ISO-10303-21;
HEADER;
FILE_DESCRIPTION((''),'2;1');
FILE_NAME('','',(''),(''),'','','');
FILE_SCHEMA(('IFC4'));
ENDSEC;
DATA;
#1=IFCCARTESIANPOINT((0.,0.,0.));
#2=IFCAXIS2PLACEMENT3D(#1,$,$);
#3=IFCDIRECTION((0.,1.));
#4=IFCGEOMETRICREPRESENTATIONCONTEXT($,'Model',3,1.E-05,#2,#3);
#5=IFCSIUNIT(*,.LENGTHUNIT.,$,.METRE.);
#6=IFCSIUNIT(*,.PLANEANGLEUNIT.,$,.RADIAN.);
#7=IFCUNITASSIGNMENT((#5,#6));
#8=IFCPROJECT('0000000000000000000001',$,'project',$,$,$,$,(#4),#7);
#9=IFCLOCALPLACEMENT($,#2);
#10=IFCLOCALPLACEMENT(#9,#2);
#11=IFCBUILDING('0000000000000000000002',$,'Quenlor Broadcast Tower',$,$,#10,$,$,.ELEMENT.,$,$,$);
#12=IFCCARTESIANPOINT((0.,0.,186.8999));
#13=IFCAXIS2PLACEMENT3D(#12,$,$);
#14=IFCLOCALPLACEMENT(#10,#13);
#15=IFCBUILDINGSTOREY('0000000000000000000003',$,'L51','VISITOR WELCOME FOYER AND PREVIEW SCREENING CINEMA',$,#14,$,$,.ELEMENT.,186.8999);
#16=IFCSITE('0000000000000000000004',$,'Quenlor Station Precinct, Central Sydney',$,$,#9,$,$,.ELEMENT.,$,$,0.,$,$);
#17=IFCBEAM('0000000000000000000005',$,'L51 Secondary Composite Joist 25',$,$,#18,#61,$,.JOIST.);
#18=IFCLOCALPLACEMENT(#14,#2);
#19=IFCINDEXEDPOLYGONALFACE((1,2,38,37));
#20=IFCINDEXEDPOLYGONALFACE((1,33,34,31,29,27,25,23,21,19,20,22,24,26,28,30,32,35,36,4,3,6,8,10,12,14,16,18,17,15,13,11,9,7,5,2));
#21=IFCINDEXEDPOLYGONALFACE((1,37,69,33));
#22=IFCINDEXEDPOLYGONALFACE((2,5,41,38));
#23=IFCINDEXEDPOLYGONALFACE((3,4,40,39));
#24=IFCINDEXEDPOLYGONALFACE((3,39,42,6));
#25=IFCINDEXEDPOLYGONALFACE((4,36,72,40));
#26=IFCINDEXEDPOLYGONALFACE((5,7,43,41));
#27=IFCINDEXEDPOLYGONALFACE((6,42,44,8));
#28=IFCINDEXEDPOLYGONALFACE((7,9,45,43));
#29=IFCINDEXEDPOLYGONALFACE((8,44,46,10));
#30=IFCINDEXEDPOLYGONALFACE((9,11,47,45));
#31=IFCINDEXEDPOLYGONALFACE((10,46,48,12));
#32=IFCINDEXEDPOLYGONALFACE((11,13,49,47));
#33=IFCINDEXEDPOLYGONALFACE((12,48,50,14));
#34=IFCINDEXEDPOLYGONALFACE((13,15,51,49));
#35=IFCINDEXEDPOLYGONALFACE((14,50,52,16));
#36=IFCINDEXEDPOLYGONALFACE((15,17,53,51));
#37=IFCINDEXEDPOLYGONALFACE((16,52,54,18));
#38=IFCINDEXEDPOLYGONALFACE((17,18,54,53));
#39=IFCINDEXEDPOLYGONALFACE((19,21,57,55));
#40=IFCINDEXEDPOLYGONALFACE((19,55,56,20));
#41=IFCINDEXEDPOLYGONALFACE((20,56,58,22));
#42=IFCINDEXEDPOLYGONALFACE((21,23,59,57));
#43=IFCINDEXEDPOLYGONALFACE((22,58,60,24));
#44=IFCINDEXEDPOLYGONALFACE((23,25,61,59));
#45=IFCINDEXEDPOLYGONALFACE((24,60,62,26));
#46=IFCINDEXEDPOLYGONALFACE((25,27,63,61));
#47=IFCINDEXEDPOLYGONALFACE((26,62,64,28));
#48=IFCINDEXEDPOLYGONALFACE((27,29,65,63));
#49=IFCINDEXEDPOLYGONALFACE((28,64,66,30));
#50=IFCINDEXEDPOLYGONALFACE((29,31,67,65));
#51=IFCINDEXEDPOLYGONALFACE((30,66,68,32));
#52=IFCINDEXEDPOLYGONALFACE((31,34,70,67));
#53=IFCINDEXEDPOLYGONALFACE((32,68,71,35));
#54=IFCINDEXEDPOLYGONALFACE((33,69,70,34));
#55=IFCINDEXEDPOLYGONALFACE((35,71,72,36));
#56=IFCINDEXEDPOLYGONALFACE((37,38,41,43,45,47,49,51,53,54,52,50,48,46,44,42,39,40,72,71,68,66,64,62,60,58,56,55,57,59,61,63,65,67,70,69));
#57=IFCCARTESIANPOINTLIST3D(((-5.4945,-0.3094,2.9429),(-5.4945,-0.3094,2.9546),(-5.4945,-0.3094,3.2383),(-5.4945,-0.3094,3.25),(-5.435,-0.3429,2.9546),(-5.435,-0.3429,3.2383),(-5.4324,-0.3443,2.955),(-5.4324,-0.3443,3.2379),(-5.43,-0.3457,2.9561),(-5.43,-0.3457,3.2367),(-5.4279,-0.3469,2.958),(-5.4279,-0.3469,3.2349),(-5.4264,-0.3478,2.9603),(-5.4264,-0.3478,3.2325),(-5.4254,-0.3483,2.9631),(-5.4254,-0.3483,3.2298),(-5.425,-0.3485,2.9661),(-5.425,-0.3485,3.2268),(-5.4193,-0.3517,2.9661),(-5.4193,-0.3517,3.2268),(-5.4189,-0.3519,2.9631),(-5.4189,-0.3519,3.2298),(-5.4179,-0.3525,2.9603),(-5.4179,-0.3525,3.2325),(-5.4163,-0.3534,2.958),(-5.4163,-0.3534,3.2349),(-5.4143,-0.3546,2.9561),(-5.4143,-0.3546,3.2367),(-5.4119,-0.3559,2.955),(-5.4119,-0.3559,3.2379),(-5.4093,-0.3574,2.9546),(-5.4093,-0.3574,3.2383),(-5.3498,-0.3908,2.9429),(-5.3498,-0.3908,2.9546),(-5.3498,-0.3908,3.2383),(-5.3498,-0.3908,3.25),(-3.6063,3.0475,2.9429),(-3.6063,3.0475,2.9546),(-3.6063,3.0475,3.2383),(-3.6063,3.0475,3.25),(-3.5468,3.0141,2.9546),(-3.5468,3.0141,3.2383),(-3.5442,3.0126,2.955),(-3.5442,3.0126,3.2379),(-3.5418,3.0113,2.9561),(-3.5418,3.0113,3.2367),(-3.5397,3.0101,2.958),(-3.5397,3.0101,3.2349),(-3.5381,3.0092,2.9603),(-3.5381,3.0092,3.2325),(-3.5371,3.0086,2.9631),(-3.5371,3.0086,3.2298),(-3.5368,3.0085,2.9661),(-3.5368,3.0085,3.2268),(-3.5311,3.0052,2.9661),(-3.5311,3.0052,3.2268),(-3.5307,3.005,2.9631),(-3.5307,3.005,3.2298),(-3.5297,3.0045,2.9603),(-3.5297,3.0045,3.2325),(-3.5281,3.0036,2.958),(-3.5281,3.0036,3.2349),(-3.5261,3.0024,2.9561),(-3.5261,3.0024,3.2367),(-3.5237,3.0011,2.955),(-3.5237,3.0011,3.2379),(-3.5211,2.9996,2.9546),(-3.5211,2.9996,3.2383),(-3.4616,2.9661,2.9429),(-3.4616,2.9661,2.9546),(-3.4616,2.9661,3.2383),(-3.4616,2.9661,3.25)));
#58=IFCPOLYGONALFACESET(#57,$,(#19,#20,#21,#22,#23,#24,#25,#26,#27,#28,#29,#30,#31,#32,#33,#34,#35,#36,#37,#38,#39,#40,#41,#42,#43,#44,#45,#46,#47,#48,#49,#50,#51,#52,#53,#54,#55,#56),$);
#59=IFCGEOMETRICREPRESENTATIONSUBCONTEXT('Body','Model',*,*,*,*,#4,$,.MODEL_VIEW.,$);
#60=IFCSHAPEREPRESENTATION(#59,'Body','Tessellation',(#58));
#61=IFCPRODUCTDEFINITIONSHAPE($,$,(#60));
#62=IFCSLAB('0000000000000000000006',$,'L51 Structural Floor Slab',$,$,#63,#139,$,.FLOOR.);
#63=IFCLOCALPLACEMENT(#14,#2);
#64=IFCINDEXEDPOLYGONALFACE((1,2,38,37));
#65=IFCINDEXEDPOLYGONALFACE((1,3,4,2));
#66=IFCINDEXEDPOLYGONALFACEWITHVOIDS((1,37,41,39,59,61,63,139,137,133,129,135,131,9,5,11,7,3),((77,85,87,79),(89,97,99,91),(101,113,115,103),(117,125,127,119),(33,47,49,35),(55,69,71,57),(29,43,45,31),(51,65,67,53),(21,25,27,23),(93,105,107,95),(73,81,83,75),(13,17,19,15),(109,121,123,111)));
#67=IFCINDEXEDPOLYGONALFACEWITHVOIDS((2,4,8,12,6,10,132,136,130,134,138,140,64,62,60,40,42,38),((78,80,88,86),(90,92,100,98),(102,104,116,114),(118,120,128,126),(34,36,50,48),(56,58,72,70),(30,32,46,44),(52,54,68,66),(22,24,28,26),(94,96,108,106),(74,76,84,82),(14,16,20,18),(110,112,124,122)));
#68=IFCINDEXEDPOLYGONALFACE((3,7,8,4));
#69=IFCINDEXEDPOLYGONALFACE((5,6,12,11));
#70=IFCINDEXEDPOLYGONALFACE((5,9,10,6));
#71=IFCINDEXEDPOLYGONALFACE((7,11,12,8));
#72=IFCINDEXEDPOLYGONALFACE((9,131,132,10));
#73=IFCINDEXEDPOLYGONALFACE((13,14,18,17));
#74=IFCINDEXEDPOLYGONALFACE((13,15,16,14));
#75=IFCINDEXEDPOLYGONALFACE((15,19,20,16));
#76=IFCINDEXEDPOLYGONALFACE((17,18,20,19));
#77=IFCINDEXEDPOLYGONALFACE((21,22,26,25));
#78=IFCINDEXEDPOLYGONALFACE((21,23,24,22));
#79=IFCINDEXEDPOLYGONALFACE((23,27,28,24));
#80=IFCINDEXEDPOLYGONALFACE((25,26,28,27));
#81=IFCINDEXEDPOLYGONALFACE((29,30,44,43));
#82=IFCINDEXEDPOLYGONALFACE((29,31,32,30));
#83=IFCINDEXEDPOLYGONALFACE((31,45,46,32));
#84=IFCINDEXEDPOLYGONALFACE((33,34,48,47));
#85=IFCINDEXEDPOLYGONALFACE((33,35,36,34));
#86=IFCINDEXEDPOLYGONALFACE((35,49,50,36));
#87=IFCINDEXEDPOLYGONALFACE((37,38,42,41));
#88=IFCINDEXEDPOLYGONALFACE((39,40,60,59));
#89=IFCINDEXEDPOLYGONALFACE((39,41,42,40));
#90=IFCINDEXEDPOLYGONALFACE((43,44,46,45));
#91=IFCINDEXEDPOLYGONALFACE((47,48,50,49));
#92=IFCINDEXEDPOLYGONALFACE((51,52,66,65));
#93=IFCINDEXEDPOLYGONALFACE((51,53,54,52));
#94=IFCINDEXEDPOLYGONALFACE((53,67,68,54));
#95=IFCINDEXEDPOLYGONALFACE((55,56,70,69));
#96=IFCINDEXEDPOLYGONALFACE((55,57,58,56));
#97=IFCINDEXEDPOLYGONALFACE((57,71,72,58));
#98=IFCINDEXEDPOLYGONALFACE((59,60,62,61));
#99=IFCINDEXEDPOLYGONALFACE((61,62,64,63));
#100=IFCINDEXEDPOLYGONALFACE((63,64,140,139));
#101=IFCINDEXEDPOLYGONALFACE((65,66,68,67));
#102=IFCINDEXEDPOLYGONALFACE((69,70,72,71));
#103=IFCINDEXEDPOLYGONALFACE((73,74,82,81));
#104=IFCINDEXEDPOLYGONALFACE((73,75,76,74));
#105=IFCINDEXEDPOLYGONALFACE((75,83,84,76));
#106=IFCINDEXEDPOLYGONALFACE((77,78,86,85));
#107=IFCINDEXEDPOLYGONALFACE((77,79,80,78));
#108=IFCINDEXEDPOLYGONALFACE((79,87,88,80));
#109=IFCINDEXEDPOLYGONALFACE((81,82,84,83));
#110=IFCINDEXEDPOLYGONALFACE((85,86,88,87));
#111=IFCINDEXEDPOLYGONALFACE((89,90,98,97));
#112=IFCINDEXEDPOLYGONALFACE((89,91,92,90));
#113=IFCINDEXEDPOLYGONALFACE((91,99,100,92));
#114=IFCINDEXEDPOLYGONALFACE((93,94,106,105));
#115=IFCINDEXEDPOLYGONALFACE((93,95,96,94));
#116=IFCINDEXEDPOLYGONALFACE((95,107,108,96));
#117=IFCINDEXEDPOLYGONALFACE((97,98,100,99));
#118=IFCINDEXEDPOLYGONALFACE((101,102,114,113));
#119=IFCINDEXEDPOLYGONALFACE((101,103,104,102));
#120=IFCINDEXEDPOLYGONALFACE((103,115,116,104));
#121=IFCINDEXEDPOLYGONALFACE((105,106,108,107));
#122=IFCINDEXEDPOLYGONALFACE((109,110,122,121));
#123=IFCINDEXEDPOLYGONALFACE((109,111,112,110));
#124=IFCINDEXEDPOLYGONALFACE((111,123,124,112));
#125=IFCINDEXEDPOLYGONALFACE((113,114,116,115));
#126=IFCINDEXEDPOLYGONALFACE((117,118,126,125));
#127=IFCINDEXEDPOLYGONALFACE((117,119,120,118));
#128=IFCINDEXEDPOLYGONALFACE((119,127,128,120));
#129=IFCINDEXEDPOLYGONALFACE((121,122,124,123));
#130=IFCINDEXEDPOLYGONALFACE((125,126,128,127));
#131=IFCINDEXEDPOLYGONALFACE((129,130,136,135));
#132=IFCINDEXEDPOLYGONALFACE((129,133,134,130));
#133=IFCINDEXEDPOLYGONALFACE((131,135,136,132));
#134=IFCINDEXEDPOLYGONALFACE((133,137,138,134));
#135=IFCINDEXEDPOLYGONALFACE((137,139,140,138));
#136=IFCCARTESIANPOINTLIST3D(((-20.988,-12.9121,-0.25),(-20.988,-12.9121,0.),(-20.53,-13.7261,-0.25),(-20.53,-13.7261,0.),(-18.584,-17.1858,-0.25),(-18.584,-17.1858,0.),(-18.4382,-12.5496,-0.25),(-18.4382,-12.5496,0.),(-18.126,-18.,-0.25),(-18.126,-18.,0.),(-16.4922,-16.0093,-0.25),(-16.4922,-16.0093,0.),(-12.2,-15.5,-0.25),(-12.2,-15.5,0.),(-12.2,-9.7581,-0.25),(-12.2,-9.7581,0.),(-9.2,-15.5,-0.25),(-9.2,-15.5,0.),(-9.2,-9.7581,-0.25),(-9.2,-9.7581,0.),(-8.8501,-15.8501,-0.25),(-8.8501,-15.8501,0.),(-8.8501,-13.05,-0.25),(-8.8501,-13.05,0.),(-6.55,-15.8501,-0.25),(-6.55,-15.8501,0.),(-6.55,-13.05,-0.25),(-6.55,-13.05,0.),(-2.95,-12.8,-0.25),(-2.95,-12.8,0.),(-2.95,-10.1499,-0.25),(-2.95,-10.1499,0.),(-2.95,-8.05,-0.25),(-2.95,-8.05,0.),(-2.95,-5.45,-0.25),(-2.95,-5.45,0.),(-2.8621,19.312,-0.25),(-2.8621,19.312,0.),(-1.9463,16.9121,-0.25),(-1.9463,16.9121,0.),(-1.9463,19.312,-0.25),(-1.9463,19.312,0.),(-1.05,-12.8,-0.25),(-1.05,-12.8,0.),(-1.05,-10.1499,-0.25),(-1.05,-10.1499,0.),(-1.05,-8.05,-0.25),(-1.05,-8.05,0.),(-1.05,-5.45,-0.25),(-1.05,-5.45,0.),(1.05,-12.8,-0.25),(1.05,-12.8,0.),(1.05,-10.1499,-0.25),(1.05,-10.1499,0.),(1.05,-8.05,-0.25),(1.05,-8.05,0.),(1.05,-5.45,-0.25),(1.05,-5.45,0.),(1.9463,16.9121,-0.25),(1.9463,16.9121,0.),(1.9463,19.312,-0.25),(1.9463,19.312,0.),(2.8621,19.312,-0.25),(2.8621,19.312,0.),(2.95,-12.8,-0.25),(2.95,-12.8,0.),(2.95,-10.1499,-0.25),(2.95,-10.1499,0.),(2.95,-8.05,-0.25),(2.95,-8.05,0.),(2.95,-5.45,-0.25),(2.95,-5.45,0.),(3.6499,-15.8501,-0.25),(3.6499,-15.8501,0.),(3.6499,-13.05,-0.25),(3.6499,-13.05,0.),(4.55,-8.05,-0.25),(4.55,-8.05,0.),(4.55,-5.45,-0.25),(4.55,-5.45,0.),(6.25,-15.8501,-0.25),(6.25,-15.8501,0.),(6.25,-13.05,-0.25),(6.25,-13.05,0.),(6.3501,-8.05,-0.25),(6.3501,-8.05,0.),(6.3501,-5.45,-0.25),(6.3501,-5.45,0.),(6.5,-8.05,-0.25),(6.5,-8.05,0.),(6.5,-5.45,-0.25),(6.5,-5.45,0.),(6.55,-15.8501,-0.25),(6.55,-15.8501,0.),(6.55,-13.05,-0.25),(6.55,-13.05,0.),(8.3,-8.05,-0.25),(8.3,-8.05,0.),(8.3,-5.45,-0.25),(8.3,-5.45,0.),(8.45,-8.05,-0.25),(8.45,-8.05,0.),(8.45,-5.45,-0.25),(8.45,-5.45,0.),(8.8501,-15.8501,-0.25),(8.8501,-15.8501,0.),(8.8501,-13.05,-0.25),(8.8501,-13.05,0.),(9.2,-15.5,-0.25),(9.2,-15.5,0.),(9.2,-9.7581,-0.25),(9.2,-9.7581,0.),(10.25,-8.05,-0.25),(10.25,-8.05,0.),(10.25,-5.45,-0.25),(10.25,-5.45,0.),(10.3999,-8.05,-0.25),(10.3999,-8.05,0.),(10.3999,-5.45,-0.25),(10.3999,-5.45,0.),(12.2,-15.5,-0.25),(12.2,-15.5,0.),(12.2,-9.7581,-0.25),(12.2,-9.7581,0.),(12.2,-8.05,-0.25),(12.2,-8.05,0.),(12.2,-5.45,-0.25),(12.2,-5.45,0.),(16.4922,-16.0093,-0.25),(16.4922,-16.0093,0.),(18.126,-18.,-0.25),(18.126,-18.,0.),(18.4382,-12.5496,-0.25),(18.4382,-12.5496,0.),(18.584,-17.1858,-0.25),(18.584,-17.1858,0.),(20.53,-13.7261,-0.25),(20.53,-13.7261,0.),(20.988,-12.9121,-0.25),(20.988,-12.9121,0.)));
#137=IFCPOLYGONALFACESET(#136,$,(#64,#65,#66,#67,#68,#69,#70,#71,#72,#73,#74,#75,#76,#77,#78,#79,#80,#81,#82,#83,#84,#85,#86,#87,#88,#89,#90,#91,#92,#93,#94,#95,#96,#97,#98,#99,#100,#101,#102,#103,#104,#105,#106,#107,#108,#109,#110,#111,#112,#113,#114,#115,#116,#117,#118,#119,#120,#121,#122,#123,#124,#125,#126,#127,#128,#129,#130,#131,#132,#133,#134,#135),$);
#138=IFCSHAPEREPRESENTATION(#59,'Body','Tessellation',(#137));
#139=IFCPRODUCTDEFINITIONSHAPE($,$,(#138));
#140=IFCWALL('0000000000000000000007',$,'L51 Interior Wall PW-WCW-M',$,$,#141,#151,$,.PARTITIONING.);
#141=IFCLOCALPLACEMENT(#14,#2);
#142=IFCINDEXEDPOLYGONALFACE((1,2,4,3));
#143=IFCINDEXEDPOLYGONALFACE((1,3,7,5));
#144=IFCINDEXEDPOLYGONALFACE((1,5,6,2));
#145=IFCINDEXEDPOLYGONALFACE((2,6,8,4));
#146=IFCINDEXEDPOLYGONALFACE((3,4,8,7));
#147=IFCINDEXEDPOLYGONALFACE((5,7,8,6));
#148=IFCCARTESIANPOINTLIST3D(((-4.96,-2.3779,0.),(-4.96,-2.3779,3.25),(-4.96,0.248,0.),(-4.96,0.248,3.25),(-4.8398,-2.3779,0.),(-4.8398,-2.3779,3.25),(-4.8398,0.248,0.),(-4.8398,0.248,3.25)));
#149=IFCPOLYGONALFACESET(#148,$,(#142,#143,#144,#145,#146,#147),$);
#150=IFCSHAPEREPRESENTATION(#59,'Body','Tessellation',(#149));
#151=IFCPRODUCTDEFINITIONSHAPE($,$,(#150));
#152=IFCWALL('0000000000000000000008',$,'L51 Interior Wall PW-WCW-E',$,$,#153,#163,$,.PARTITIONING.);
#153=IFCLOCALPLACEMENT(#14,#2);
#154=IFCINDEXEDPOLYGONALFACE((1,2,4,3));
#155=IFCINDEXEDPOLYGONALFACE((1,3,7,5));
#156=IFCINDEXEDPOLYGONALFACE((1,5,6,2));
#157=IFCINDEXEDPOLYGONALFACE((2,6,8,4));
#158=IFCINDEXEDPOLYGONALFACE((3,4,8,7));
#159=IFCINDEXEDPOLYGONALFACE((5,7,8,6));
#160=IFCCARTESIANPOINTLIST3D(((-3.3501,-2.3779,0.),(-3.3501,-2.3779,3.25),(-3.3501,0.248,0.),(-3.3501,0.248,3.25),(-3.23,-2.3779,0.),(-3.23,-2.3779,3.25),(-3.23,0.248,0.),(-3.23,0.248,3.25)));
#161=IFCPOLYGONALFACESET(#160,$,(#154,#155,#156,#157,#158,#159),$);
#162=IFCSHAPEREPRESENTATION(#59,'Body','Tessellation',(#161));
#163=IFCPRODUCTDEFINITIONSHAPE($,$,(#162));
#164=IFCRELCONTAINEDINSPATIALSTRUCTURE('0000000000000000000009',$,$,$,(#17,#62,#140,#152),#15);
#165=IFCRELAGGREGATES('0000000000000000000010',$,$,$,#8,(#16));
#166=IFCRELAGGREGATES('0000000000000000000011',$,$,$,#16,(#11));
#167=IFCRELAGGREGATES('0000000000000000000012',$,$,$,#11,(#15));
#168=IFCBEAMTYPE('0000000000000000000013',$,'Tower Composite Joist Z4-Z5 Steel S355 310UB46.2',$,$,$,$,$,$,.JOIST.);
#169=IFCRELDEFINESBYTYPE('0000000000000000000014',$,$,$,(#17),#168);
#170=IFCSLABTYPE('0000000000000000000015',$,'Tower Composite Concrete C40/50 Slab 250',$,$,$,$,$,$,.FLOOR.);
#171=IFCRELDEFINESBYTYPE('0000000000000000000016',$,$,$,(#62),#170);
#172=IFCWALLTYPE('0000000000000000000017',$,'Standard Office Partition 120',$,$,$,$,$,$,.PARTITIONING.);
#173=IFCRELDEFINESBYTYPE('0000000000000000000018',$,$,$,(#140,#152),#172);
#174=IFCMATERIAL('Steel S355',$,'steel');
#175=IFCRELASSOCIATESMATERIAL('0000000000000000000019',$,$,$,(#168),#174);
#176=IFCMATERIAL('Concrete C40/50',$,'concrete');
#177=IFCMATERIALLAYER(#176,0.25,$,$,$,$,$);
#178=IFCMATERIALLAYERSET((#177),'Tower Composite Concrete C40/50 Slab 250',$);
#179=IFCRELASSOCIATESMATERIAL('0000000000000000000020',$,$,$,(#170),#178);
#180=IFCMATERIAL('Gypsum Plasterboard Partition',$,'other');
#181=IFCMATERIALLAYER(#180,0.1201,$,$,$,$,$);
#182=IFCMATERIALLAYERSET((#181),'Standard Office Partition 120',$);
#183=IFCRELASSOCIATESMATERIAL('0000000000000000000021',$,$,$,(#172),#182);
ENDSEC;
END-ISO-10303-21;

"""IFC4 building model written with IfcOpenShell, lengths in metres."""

from ifc_helpers import new_model, si_unit, direction, frame, frame_2d, origin, origin_2d, place, context, subcontext, project, spatial, polyline, rectangle, i_section, outline, extrude, material, layer, layer_set, material_profile, profile_set, type_object, element, save


model = new_model("IFC4")

# Units and contexts
model_context = context("Model", 3, precision=1e-05, world=origin(), true_north=direction((0.0, 1.0)))
body_context = subcontext(model_context, "Body", "Model", "MODEL_VIEW")
ifc_project = project(units=[si_unit("LENGTHUNIT", "METRE"), si_unit("PLANEANGLEUNIT", "RADIAN")], contexts=[model_context])

# Site, building, storey
site_placement = place(None, origin())
site = spatial("IfcSite", under=ifc_project, at=site_placement, Name="Quenlor Station Precinct, Central Sydney", CompositionType="ELEMENT", RefElevation=0.0)
building_placement = place(site_placement, origin())
building = spatial("IfcBuilding", under=site, at=building_placement, Name="Quenlor Broadcast Tower", CompositionType="ELEMENT")
storey_placement = place(building_placement, frame((0.0, 0.0, 186.8999)))
storey = spatial("IfcBuildingStorey", under=building, at=storey_placement, Name="L51", Description="VISITOR WELCOME FOYER AND PREVIEW SCREENING CINEMA", CompositionType="ELEMENT", Elevation=186.8999)

# Beam
ifc_material_1 = material(Name="Steel S355", Category="steel")
ifc_material_profile = material_profile(ifc_material_1, i_section(OverallWidth=0.166, OverallDepth=0.3071, WebThickness=0.0066, FlangeThickness=0.0117, FilletRadius=0.0115, at=origin_2d()))
ifc_profile_set = profile_set([ifc_material_profile], Name="Steel S355 310UB46.2")
beam_type = type_object("IfcBeamType", Name="Tower Composite Joist Z4-Z5 Steel S355 310UB46.2", PredefinedType="JOIST", material=ifc_profile_set)
beam_placement = place(storey_placement, frame((-3.5339, 3.0068, 3.0964), z_axis=(-0.490243, -0.871586, 0.0), x_axis=(0.871586, -0.490243, 0.0)))
element("IfcBeam", 1, at=beam_placement, inside=storey, type_object=beam_type, Name="L51 Secondary Composite Joist 25", PredefinedType="JOIST", context=body_context, shape_type="SweptSolid", body=[
    extrude(i_section(OverallWidth=0.166, OverallDepth=0.3071, WebThickness=0.0066, FlangeThickness=0.0117, FilletRadius=0.0115, at=origin_2d()), origin(), (0.0, 0.0, 1.0), 3.8516),
])

# Slab
ifc_material_2 = material(Name="Concrete C40/50", Category="concrete")
ifc_layer_1 = layer(ifc_material_2, 0.25)
ifc_layer_set_1 = layer_set([ifc_layer_1], Name="Tower Composite Concrete C40/50 Slab 250")
slab_type = type_object("IfcSlabType", Name="Tower Composite Concrete C40/50 Slab 250", PredefinedType="FLOOR", material=ifc_layer_set_1)
slab_placement = place(storey_placement, frame((0.0, 0.0, -0.25)))
element("IfcSlab", 2, at=slab_placement, inside=storey, type_object=slab_type, Name="L51 Structural Floor Slab", PredefinedType="FLOOR", context=body_context, shape_type="SweptSolid", body=[
    extrude(outline(polyline([(18.126, -18.0), (18.584, -17.1858), (16.4922, -16.0093), (18.4382, -12.5496), (20.53, -13.7261), (20.988, -12.9121), (2.8621, 19.312), (1.9463, 19.312), (1.9463, 16.9121), (-1.9463, 16.9121), (-1.9463, 19.312), (-2.8621, 19.312), (-20.988, -12.9121), (-20.53, -13.7261), (-18.4382, -12.5496), (-16.4922, -16.0093), (-18.584, -17.1858), (-18.126, -18.0), (18.126, -18.0)]), holes=[polyline([(-12.2, -9.7581), (-12.2, -15.5), (-9.2, -15.5), (-9.2, -9.7581), (-12.2, -9.7581)]), polyline([(9.2, -9.7581), (9.2, -15.5), (12.2, -15.5), (12.2, -9.7581), (9.2, -9.7581)]), polyline([(-2.95, -8.05), (-1.05, -8.05), (-1.05, -5.45), (-2.95, -5.45), (-2.95, -8.05)]), polyline([(1.05, -8.05), (2.95, -8.05), (2.95, -5.45), (1.05, -5.45), (1.05, -8.05)]), polyline([(-2.95, -12.8), (-1.05, -12.8), (-1.05, -10.1499), (-2.95, -10.1499), (-2.95, -12.8)]), polyline([(1.05, -12.8), (2.95, -12.8), (2.95, -10.1499), (1.05, -10.1499), (1.05, -12.8)]), polyline([(4.55, -8.05), (6.3501, -8.05), (6.3501, -5.45), (4.55, -5.45), (4.55, -8.05)]), polyline([(6.5, -8.05), (8.3, -8.05), (8.3, -5.45), (6.5, -5.45), (6.5, -8.05)]), polyline([(8.45, -8.05), (10.25, -8.05), (10.25, -5.45), (8.45, -5.45), (8.45, -8.05)]), polyline([(10.3999, -8.05), (12.2, -8.05), (12.2, -5.45), (10.3999, -5.45), (10.3999, -8.05)]), polyline([(-8.8501, -15.8501), (-6.55, -15.8501), (-6.55, -13.05), (-8.8501, -13.05), (-8.8501, -15.8501)]), polyline([(6.55, -15.8501), (8.8501, -15.8501), (8.8501, -13.05), (6.55, -13.05), (6.55, -15.8501)]), polyline([(3.6499, -15.8501), (6.25, -15.8501), (6.25, -13.05), (3.6499, -13.05), (3.6499, -15.8501)])]), origin(), (0.0, 0.0, 1.0), 0.25),
])

# Walls
ifc_material_3 = material(Name="Gypsum Plasterboard Partition", Category="other")
ifc_layer_2 = layer(ifc_material_3, 0.1201)
ifc_layer_set_2 = layer_set([ifc_layer_2], Name="Standard Office Partition 120")
wall_type = type_object("IfcWallType", Name="Standard Office Partition 120", PredefinedType="PARTITIONING", material=ifc_layer_set_2)
for number, where, z_axis, x_axis, name in (
    (3, (-4.8999, -2.3779, 0.0), (0.0, 0.0, 1.0), (0.0, 1.0, 0.0), "L51 Interior Wall PW-WCW-M"),
    (4, (-3.29, -2.3779, 0.0), (0.0, 0.0, 1.0), (0.0, 1.0, 0.0), "L51 Interior Wall PW-WCW-E"),
):
    element("IfcWall", number, at=place(storey_placement, frame(where, z_axis=z_axis, x_axis=x_axis)), inside=storey, type_object=wall_type, Name=name, PredefinedType="PARTITIONING", context=body_context, shape_type="SweptSolid", body=[
        extrude(rectangle(XDim=2.626, YDim=0.1201, at=frame_2d((1.313, 0.0))), origin(), (0.0, 0.0, 1.0), 3.25),
    ])

save(model, "model.ifc")
